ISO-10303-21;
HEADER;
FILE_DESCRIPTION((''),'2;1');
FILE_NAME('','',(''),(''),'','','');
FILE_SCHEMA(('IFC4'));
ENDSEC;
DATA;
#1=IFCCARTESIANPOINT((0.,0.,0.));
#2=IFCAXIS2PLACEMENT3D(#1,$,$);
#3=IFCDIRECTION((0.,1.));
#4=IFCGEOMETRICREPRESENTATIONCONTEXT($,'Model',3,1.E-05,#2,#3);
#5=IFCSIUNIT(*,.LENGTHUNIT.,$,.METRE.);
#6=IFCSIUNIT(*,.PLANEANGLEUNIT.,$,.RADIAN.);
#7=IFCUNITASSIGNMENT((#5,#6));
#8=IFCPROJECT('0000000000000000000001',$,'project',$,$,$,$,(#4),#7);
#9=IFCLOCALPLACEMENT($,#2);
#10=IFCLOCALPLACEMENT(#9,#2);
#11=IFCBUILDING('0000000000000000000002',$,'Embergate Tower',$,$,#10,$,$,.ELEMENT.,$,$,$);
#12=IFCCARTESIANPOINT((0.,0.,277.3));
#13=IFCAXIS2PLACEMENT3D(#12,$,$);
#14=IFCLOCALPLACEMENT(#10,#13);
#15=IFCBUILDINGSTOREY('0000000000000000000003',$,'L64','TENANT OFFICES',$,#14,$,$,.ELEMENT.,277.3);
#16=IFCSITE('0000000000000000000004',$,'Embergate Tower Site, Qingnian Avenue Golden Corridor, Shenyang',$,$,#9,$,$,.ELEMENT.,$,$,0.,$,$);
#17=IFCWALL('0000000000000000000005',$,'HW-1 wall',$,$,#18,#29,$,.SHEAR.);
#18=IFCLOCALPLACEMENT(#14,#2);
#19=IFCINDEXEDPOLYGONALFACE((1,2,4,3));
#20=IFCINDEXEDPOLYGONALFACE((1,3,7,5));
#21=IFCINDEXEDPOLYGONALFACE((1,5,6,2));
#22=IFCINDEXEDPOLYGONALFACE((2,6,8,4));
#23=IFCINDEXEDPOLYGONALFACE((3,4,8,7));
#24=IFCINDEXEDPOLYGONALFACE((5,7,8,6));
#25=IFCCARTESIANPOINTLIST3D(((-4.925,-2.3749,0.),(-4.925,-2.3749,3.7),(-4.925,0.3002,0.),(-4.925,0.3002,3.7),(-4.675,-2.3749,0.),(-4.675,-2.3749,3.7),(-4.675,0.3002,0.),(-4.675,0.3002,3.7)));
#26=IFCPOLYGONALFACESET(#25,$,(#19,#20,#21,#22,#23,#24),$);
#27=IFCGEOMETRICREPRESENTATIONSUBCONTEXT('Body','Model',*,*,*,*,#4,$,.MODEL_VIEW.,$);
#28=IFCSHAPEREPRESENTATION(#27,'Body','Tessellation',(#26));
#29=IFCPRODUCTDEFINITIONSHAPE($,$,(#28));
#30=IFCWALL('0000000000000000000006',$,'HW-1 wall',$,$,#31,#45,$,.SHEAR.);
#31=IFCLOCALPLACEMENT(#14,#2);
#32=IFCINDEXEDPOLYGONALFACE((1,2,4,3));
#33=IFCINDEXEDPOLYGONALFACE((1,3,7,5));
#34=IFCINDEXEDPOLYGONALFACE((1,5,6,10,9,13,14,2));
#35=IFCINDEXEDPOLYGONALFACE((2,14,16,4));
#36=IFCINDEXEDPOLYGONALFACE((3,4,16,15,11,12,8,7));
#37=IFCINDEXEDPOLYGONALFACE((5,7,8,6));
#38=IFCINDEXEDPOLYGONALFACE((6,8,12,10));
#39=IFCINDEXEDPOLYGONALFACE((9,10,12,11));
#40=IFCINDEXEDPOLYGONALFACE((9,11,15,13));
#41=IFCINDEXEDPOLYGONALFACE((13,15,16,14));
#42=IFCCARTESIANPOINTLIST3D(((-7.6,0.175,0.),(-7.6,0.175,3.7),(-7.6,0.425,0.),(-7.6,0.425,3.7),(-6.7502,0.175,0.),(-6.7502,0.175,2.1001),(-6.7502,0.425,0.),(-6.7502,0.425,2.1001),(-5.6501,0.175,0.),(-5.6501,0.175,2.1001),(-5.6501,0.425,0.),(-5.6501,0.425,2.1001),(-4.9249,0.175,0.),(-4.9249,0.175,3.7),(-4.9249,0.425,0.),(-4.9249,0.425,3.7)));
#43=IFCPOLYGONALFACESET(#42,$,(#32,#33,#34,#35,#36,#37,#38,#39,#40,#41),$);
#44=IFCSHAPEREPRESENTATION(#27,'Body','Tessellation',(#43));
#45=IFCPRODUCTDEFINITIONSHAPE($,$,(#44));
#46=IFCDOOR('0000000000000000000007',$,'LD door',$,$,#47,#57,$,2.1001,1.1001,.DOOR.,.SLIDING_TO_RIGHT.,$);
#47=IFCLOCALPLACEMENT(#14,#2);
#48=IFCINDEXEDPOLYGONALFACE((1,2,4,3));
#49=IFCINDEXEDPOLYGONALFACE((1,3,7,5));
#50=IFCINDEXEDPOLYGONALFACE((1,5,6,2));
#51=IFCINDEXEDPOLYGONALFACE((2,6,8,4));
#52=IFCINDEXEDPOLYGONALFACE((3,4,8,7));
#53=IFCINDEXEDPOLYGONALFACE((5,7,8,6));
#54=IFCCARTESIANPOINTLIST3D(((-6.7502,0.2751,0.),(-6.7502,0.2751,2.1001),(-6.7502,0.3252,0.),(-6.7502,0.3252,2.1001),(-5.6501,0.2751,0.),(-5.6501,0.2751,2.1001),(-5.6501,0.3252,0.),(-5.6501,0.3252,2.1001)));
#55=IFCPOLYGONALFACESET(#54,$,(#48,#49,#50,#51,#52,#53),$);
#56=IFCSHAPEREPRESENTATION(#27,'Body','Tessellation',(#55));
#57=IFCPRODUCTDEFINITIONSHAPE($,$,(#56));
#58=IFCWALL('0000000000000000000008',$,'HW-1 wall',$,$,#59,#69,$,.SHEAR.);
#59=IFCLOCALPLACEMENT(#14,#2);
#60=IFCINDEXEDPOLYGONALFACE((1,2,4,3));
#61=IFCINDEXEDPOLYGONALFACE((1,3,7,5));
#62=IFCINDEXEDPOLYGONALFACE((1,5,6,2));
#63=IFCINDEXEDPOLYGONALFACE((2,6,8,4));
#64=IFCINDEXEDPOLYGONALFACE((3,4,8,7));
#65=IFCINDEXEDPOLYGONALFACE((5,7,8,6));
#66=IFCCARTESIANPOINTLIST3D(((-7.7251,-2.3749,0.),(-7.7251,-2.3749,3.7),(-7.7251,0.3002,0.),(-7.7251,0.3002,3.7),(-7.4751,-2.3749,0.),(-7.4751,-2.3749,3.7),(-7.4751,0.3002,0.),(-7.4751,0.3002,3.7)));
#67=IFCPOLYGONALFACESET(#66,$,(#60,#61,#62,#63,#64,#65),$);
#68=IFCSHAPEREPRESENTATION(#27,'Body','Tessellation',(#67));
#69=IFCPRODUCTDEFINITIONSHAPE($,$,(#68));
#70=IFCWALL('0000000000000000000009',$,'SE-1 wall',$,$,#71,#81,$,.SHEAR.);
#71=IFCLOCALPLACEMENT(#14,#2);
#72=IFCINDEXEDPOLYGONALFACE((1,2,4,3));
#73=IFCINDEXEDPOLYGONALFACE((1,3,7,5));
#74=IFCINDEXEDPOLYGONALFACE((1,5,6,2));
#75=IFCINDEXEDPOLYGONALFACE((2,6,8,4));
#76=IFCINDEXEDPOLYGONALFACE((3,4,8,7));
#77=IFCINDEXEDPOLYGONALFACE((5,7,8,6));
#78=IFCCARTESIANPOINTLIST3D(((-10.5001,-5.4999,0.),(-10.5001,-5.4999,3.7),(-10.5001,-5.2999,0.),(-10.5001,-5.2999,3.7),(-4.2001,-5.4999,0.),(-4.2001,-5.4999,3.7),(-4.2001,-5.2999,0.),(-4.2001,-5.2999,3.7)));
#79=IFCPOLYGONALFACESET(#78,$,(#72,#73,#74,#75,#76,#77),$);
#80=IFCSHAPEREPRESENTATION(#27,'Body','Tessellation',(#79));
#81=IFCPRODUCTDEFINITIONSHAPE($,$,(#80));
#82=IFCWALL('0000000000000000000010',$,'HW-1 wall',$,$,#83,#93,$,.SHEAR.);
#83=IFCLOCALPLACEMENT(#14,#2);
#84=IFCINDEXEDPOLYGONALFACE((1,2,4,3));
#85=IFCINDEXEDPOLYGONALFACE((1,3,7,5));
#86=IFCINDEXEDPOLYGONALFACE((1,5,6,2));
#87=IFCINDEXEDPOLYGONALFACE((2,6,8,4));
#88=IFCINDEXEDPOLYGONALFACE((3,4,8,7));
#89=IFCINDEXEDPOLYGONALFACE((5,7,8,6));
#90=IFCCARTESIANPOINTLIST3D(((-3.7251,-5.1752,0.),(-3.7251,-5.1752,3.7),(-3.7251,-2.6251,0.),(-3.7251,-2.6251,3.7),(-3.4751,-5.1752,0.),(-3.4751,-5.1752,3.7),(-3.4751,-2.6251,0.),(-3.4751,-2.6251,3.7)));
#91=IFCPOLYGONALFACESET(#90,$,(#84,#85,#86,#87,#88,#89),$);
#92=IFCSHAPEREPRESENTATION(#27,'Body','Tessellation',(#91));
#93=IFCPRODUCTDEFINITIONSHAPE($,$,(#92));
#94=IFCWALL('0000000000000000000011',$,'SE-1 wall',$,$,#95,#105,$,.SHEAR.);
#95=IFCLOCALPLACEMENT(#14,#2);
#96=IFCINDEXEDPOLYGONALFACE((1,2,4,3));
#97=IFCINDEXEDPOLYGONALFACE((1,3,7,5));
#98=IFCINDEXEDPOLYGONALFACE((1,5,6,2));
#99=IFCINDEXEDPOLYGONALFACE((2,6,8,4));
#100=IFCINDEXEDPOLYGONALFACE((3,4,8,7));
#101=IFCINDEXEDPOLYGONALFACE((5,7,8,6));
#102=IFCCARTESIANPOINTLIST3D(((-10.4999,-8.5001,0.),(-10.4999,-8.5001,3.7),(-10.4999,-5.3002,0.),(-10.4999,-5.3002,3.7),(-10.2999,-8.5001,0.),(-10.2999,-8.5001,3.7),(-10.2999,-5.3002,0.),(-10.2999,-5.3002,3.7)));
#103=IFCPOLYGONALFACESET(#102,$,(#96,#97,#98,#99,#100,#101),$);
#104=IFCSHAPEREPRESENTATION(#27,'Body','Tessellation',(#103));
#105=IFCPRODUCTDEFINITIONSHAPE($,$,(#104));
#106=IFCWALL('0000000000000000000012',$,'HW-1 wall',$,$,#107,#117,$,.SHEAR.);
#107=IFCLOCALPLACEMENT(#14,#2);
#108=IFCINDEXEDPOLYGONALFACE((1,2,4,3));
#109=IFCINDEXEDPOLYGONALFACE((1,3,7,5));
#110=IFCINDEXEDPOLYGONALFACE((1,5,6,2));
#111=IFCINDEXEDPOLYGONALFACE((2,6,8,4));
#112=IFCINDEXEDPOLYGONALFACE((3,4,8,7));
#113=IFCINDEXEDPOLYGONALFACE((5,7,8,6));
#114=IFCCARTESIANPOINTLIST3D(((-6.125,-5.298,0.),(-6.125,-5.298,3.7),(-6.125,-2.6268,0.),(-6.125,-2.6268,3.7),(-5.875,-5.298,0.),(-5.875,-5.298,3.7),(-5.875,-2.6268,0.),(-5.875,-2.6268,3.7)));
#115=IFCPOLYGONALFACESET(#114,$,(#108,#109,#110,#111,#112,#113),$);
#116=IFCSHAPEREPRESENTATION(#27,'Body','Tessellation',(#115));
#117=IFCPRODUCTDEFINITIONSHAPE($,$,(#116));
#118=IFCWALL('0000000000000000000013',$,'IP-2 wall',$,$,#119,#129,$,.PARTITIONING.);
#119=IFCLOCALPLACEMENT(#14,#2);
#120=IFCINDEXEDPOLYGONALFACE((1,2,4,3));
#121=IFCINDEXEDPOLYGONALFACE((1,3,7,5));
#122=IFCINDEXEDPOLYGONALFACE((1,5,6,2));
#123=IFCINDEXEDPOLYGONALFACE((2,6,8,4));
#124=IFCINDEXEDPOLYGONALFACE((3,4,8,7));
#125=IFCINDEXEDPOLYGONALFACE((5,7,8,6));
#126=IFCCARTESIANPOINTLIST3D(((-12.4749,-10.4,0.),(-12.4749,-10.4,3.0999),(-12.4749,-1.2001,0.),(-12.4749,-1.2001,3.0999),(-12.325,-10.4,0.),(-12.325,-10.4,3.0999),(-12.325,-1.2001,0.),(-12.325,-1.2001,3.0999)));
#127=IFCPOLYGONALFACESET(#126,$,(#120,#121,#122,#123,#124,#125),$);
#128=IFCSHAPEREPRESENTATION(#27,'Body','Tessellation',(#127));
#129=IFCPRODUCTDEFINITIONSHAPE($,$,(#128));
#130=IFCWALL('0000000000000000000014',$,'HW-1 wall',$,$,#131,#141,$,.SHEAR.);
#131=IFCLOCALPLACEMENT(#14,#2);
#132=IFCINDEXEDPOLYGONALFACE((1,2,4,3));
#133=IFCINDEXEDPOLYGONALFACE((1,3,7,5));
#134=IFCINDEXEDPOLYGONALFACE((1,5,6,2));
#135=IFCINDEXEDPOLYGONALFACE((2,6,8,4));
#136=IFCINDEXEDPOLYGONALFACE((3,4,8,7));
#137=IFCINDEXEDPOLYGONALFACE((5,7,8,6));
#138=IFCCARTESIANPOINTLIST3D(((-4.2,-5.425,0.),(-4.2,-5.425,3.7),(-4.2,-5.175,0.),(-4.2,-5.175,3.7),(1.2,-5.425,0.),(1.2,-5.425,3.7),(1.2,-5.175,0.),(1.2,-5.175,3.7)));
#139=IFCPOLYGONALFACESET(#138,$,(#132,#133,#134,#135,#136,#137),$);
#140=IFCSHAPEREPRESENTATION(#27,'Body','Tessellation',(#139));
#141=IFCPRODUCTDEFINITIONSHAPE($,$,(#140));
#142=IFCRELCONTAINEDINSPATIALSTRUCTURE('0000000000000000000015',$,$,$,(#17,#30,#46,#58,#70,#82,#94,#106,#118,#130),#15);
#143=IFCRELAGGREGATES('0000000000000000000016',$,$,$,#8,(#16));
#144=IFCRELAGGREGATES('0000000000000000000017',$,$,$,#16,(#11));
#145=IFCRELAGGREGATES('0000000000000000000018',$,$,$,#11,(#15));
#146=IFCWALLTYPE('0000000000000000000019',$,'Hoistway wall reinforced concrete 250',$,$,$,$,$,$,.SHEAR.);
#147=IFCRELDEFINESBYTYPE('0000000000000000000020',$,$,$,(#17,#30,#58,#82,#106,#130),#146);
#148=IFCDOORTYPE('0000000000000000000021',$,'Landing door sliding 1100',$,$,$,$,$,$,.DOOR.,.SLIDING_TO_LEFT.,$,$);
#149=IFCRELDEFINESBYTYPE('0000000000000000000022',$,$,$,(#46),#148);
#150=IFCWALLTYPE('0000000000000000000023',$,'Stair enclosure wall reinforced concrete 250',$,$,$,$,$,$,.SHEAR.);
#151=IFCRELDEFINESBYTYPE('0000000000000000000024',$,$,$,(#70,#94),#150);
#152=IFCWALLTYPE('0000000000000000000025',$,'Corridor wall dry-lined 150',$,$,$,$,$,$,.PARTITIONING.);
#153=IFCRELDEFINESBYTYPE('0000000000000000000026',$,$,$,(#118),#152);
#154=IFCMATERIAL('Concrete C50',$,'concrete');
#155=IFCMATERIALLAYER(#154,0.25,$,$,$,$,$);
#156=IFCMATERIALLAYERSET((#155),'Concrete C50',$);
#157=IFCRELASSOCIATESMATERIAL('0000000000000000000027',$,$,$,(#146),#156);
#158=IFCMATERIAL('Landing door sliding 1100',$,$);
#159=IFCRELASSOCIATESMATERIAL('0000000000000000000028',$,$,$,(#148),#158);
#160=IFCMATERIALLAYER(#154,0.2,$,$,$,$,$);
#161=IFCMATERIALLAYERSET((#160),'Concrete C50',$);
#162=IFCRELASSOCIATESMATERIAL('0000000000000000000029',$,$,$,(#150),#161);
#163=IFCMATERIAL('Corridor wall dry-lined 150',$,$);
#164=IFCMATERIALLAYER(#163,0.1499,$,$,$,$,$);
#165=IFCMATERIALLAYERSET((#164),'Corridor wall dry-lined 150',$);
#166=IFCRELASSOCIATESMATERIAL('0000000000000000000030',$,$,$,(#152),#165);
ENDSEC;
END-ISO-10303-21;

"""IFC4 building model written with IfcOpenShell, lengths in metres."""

from ifc_helpers import new_model, si_unit, direction, frame, frame_2d, origin, place, context, subcontext, project, spatial, rectangle, extrude, source, transform, mapped, material, layer, layer_set, type_object, element, fill, save


model = new_model("IFC4")

# Units and contexts
model_context = context("Model", 3, precision=1e-05, world=origin(), true_north=direction((0.0, 1.0)))
body_context = subcontext(model_context, "Body", "Model", "MODEL_VIEW")
ifc_project = project(units=[si_unit("LENGTHUNIT", "METRE"), si_unit("PLANEANGLEUNIT", "RADIAN")], contexts=[model_context])

# Site, building, storey
site_placement = place(None, origin())
site = spatial("IfcSite", under=ifc_project, at=site_placement, Name="Embergate Tower Site, Qingnian Avenue Golden Corridor, Shenyang", CompositionType="ELEMENT", RefElevation=0.0)
building_placement = place(site_placement, origin())
building = spatial("IfcBuilding", under=site, at=building_placement, Name="Embergate Tower", CompositionType="ELEMENT")
storey_placement = place(building_placement, frame((0.0, 0.0, 277.3)))
storey = spatial("IfcBuildingStorey", under=building, at=storey_placement, Name="L64", Description="TENANT OFFICES", CompositionType="ELEMENT", Elevation=277.3)

# Wall
ifc_material_1 = material(Name="Concrete C50", Category="concrete")
ifc_layer_1 = layer(ifc_material_1, 0.25)
ifc_layer_set_1 = layer_set([ifc_layer_1], Name="Concrete C50")
wall_type_1 = type_object("IfcWallType", Name="Hoistway wall reinforced concrete 250", PredefinedType="SHEAR", material=ifc_layer_set_1)
shared_shape_1 = source(origin(), body_context, "Body", "SweptSolid", [
    extrude(rectangle(XDim=2.675, YDim=0.25, at=frame_2d((1.3374, 0.0))), origin(), (0.0, 0.0, 1.0), 3.7),
])
wall_1_placement = place(storey_placement, frame((-4.8, 0.3, 0.0), z_axis=(0.0, 0.0, 1.0), x_axis=(0.0, -1.0, 0.0)))
element("IfcWall", 1, at=wall_1_placement, inside=storey, type_object=wall_type_1, Name="HW-1 wall", PredefinedType="SHEAR", context=body_context, shape_type="MappedRepresentation", body=[
    mapped(shared_shape_1, transform((0.0, 0.0, 0.0))),
])

# Wall, opening, door
wall_2_placement = place(storey_placement, frame((-4.925, 0.3, 0.0), z_axis=(0.0, 0.0, 1.0), x_axis=(-1.0, 0.0, 0.0)))
wall_2 = element("IfcWall", 2, at=wall_2_placement, inside=storey, type_object=wall_type_1, Name="HW-1 wall", PredefinedType="SHEAR", context=body_context, shape_type="MappedRepresentation", body=[
    mapped(shared_shape_1, transform((0.0, 0.0, 0.0))),
])
shared_shape_2 = source(origin(), body_context, "Body", "SweptSolid", [
    extrude(rectangle(XDim=1.1001, YDim=2.1001, at=frame_2d((0.55, 1.05))), frame((0.0, 0.135, 0.0), z_axis=(0.0, -1.0, 0.0), x_axis=(1.0, 0.0, 0.0)), (0.0, 0.0, 1.0), 0.27),
])
opening_1_placement = place(wall_2_placement, frame((0.7251, 0.0, 0.0)))
opening_1 = element("IfcOpeningElement", 3, at=opening_1_placement, cuts=wall_2, PredefinedType="OPENING", context=body_context, shape_type="MappedRepresentation", body=[
    mapped(shared_shape_2, transform((0.0, 0.0, 0.0))),
])
ifc_material_2 = material(Name="Landing door sliding 1100")
door_type_1 = type_object("IfcDoorType", Name="Landing door sliding 1100", OperationType="SLIDING_TO_LEFT", PredefinedType="DOOR", material=ifc_material_2)
shared_shape_3 = source(origin(), body_context, "Body", "SweptSolid", [
    extrude(rectangle(XDim=1.1001, YDim=2.1001, at=frame_2d((0.55, 1.05))), frame((0.0, 0.0249, 0.0), z_axis=(0.0, -1.0, 0.0), x_axis=(1.0, 0.0, 0.0)), (0.0, 0.0, 1.0), 0.05),
])
door_1_placement = place(opening_1_placement, origin())
door_1 = element("IfcDoor", 4, at=door_1_placement, inside=storey, type_object=door_type_1, Name="LD door", OperationType="SLIDING_TO_RIGHT", OverallHeight=2.1001, OverallWidth=1.1001, PredefinedType="DOOR", context=body_context, shape_type="MappedRepresentation", body=[
    mapped(shared_shape_3, transform((0.0, 0.0, 0.0))),
])
fill(opening_1, door_1)

# Walls
wall_3_placement = place(storey_placement, frame((-7.6001, 0.3, 0.0), z_axis=(0.0, 0.0, 1.0), x_axis=(0.0, -1.0, 0.0)))
element("IfcWall", 5, at=wall_3_placement, inside=storey, type_object=wall_type_1, Name="HW-1 wall", PredefinedType="SHEAR", context=body_context, shape_type="MappedRepresentation", body=[
    mapped(shared_shape_1, transform((0.0, 0.0, 0.0))),
])
ifc_layer_2 = layer(ifc_material_1, 0.2)
ifc_layer_set_2 = layer_set([ifc_layer_2], Name="Concrete C50")
wall_type_2 = type_object("IfcWallType", Name="Stair enclosure wall reinforced concrete 250", PredefinedType="SHEAR", material=ifc_layer_set_2)
shared_shape_4 = source(origin(), body_context, "Body", "SweptSolid", [
    extrude(rectangle(XDim=6.3, YDim=0.2, at=frame_2d((3.1499, 0.0))), origin(), (0.0, 0.0, 1.0), 3.7),
])
wall_4_placement = place(storey_placement, frame((-10.5, -5.3999, 0.0), z_axis=(0.0, 0.0, 1.0), x_axis=(1.0, 0.0, 0.0)))
element("IfcWall", 6, at=wall_4_placement, inside=storey, type_object=wall_type_2, Name="SE-1 wall", PredefinedType="SHEAR", context=body_context, shape_type="MappedRepresentation", body=[
    mapped(shared_shape_4, transform((0.0, 0.0, 0.0))),
])
shared_shape_5 = source(origin(), body_context, "Body", "SweptSolid", [
    extrude(rectangle(XDim=2.55, YDim=0.25, at=frame_2d((1.2749, 0.0))), origin(), (0.0, 0.0, 1.0), 3.7),
])
wall_5_placement = place(storey_placement, frame((-3.6001, -5.175, 0.0), z_axis=(0.0, 0.0, 1.0), x_axis=(0.0, 1.0, 0.0)))
element("IfcWall", 7, at=wall_5_placement, inside=storey, type_object=wall_type_1, Name="HW-1 wall", PredefinedType="SHEAR", context=body_context, shape_type="MappedRepresentation", body=[
    mapped(shared_shape_5, transform((0.0, 0.0, 0.0))),
])
shared_shape_6 = source(origin(), body_context, "Body", "SweptSolid", [
    extrude(rectangle(XDim=3.2, YDim=0.2, at=frame_2d((1.6001, 0.0))), origin(), (0.0, 0.0, 1.0), 3.7),
])
wall_6_placement = place(storey_placement, frame((-10.3999, -5.3, 0.0), z_axis=(0.0, 0.0, 1.0), x_axis=(0.0, -1.0, 0.0)))
element("IfcWall", 8, at=wall_6_placement, inside=storey, type_object=wall_type_2, Name="SE-1 wall", PredefinedType="SHEAR", context=body_context, shape_type="MappedRepresentation", body=[
    mapped(shared_shape_6, transform((0.0, 0.0, 0.0))),
])
shared_shape_7 = source(origin(), body_context, "Body", "SweptSolid", [
    extrude(rectangle(XDim=2.6711, YDim=0.25, at=frame_2d((1.3354, 0.0))), origin(), (0.0, 0.0, 1.0), 3.7),
])
wall_7_placement = place(storey_placement, frame((-6.0, -2.627, 0.0), z_axis=(0.0, 0.0, 1.0), x_axis=(0.0, -1.0, 0.0)))
element("IfcWall", 9, at=wall_7_placement, inside=storey, type_object=wall_type_1, Name="HW-1 wall", PredefinedType="SHEAR", context=body_context, shape_type="MappedRepresentation", body=[
    mapped(shared_shape_7, transform((0.0, 0.0, 0.0))),
])
ifc_material_3 = material(Name="Corridor wall dry-lined 150")
ifc_layer_3 = layer(ifc_material_3, 0.1499)
ifc_layer_set_3 = layer_set([ifc_layer_3], Name="Corridor wall dry-lined 150")
wall_type_3 = type_object("IfcWallType", Name="Corridor wall dry-lined 150", PredefinedType="PARTITIONING", material=ifc_layer_set_3)
shared_shape_8 = source(origin(), body_context, "Body", "SweptSolid", [
    extrude(rectangle(XDim=9.2, YDim=0.1499, at=frame_2d((4.6001, 0.0))), origin(), (0.0, 0.0, 1.0), 3.0999),
])
wall_8_placement = place(storey_placement, frame((-12.3999, -1.2, 0.0), z_axis=(0.0, 0.0, 1.0), x_axis=(0.0, -1.0, 0.0)))
element("IfcWall", 10, at=wall_8_placement, inside=storey, type_object=wall_type_3, Name="IP-2 wall", PredefinedType="PARTITIONING", context=body_context, shape_type="MappedRepresentation", body=[
    mapped(shared_shape_8, transform((0.0, 0.0, 0.0))),
])
shared_shape_9 = source(origin(), body_context, "Body", "SweptSolid", [
    extrude(rectangle(XDim=5.3999, YDim=0.25, at=frame_2d((2.7, 0.0))), origin(), (0.0, 0.0, 1.0), 3.7),
])
wall_9_placement = place(storey_placement, frame((-4.2, -5.3, 0.0), z_axis=(0.0, 0.0, 1.0), x_axis=(1.0, 0.0, 0.0)))
element("IfcWall", 11, at=wall_9_placement, inside=storey, type_object=wall_type_1, Name="HW-1 wall", PredefinedType="SHEAR", context=body_context, shape_type="MappedRepresentation", body=[
    mapped(shared_shape_9, transform((0.0, 0.0, 0.0))),
])

save(model, "model.ifc")
